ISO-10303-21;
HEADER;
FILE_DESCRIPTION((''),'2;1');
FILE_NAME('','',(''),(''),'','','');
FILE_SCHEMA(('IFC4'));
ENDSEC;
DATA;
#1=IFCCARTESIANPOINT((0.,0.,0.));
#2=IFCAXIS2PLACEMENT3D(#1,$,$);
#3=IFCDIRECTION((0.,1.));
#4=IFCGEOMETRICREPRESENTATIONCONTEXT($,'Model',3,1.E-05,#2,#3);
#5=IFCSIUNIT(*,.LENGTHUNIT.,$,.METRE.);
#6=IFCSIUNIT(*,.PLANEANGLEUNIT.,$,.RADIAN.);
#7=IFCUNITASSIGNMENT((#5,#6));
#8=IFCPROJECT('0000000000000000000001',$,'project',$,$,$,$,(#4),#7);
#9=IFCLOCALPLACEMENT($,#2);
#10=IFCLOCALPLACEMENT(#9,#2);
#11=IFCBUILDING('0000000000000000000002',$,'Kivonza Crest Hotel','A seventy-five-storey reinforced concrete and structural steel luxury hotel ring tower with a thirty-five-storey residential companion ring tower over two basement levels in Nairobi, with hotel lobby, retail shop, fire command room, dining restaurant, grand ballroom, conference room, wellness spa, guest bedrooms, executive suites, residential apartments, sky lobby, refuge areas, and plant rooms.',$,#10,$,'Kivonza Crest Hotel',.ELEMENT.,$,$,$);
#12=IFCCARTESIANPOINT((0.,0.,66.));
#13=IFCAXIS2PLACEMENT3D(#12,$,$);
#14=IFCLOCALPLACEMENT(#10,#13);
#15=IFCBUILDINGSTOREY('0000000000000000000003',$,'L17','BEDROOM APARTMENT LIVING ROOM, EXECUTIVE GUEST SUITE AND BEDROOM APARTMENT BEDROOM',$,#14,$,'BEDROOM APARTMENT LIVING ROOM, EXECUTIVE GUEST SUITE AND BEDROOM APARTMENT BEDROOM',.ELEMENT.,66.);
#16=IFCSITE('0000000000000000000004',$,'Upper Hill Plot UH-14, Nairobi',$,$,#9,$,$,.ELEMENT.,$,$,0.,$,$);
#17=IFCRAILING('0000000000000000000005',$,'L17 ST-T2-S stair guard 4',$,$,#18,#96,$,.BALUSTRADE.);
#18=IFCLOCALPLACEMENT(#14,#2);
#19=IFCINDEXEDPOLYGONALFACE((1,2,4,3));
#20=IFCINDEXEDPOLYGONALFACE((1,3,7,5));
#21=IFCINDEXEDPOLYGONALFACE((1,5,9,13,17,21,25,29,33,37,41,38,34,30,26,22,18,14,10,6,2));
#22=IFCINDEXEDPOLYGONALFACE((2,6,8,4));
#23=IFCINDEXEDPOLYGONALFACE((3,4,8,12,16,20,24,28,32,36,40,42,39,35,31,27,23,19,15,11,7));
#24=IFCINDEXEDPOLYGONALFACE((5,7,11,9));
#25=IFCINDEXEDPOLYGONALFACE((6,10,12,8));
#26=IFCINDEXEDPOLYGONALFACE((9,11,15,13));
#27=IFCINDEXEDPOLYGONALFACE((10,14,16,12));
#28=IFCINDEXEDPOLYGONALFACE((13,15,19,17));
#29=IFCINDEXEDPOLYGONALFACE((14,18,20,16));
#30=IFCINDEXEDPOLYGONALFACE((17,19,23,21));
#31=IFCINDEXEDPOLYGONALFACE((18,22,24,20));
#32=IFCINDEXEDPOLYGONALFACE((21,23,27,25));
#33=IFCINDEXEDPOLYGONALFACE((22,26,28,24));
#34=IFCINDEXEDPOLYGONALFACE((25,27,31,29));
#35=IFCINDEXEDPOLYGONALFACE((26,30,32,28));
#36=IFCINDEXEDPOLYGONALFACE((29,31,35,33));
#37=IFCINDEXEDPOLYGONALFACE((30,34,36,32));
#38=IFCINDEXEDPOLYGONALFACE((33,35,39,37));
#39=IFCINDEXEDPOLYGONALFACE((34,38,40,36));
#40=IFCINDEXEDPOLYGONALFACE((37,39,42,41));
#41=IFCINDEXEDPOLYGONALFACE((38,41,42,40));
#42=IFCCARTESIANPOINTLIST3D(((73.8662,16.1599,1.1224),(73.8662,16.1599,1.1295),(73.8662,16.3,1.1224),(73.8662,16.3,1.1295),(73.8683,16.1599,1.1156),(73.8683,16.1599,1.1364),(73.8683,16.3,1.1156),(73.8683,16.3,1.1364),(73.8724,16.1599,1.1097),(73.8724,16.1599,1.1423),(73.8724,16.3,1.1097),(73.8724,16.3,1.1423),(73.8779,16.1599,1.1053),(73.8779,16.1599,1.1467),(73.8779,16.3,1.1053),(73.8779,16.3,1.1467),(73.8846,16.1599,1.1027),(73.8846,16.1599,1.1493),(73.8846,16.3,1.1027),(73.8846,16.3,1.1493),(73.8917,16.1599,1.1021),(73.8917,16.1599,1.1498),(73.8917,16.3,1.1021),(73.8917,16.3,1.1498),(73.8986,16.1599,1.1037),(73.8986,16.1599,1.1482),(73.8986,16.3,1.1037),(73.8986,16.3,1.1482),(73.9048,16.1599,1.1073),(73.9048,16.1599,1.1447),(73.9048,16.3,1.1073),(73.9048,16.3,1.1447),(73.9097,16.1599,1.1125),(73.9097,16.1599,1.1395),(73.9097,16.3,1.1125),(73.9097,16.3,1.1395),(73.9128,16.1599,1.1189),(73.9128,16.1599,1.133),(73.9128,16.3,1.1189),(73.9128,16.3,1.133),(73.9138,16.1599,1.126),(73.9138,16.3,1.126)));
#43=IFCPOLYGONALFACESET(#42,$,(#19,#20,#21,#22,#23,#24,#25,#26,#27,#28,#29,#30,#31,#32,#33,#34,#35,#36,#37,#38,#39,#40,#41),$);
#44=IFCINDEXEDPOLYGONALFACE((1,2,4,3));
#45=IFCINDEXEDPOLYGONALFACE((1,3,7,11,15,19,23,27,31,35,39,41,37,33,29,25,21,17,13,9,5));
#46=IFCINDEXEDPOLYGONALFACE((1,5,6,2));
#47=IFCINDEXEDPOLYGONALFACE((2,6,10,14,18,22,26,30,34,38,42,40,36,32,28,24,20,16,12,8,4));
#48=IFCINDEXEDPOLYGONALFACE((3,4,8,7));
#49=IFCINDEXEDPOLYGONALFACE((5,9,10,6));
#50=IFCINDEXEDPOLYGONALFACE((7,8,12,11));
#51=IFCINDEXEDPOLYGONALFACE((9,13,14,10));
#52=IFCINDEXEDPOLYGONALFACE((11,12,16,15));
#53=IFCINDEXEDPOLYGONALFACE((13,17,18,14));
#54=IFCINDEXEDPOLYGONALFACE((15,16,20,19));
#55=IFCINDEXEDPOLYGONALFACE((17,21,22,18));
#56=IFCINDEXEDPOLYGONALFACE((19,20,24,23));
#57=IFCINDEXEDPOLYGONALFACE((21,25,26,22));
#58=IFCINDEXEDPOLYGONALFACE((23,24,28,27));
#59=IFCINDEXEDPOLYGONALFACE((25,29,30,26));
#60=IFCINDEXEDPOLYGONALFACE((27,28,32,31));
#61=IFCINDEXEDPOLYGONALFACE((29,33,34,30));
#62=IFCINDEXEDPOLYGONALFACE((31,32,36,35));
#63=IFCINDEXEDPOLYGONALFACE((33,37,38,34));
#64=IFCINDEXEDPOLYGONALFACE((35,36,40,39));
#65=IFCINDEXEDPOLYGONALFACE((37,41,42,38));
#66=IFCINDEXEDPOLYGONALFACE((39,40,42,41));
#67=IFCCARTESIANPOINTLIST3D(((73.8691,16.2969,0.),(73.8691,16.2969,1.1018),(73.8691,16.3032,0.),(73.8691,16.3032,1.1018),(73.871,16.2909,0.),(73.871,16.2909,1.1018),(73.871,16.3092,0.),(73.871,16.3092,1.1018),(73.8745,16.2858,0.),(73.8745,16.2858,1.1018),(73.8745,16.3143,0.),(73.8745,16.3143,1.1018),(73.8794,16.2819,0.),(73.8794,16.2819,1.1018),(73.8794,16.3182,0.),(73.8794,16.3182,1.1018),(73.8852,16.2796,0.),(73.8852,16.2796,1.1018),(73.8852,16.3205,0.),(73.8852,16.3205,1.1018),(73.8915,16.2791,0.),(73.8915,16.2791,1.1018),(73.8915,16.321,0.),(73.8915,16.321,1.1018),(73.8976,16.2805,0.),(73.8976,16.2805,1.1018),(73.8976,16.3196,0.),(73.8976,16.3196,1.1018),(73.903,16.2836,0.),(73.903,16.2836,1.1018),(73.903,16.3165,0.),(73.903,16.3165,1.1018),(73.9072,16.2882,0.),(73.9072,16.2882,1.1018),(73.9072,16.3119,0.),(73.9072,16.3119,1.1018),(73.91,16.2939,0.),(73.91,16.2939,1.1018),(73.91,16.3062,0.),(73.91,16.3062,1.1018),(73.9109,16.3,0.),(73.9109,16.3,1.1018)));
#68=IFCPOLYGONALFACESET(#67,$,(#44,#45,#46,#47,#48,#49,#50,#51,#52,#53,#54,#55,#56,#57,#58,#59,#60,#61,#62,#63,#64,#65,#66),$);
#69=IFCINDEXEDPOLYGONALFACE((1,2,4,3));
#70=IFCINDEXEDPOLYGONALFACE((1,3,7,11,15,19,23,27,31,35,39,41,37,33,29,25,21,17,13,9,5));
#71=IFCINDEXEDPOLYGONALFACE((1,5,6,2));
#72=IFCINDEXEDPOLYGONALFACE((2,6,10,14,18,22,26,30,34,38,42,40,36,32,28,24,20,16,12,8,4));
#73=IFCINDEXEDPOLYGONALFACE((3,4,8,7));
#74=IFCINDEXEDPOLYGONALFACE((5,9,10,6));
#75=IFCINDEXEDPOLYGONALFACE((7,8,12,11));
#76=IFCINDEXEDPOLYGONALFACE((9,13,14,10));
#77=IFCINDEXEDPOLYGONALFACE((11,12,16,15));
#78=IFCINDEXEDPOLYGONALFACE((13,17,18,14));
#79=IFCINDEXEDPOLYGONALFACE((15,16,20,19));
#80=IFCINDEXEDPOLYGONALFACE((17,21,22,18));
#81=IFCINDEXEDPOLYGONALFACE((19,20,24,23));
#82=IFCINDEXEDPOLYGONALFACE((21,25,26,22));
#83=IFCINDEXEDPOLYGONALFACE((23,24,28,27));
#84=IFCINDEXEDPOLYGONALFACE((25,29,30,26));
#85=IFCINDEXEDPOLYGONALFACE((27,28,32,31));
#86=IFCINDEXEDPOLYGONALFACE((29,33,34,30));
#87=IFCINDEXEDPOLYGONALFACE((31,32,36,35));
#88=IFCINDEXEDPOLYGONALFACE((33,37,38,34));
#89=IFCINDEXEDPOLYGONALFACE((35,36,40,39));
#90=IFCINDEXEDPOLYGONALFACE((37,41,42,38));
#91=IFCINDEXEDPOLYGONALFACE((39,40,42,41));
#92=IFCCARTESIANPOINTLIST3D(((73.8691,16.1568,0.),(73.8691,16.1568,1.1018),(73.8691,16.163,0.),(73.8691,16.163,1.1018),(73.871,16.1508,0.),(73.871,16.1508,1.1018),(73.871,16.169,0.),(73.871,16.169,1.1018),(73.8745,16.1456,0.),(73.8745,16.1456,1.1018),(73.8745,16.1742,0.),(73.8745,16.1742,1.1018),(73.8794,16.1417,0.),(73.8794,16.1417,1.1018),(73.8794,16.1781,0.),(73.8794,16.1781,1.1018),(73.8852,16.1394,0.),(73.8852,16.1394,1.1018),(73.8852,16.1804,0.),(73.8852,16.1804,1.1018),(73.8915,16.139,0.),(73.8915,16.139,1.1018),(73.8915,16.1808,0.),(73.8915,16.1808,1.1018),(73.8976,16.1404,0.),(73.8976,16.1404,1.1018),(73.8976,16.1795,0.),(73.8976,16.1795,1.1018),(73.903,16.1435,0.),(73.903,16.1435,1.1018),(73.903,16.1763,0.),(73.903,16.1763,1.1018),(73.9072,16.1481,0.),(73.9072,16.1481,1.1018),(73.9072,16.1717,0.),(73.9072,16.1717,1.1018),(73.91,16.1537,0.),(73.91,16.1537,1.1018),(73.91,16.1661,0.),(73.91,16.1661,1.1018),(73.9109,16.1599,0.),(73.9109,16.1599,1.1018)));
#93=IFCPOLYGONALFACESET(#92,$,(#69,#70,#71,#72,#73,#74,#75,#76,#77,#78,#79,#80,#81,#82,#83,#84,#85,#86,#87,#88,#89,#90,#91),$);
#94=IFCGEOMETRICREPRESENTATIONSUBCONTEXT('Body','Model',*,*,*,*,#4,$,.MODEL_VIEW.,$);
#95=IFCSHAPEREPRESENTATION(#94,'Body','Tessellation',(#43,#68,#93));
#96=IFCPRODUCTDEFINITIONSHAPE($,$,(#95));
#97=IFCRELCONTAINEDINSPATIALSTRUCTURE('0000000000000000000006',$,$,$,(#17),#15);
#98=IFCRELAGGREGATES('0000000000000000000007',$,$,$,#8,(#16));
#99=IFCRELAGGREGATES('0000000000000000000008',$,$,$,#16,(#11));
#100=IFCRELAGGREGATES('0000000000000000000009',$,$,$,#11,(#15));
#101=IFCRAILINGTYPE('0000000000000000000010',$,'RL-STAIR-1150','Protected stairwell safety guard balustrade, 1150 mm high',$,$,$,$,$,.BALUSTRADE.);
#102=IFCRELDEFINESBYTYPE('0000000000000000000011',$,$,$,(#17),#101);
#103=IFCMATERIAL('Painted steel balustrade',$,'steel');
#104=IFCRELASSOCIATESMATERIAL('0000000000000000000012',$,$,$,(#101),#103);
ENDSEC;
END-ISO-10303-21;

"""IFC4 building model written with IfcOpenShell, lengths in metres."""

from ifc_helpers import new_model, si_unit, direction, frame, origin, origin_2d, place, context, subcontext, project, spatial, circle, extrude, material, type_object, element, save


model = new_model("IFC4")

# Units and contexts
model_context = context("Model", 3, precision=1e-05, world=origin(), true_north=direction((0.0, 1.0)))
body_context = subcontext(model_context, "Body", "Model", "MODEL_VIEW")
ifc_project = project(units=[si_unit("LENGTHUNIT", "METRE"), si_unit("PLANEANGLEUNIT", "RADIAN")], contexts=[model_context])

# Site, building, storey
site_placement = place(None, origin())
site = spatial("IfcSite", under=ifc_project, at=site_placement, Name="Upper Hill Plot UH-14, Nairobi", CompositionType="ELEMENT", RefElevation=0.0)
building_placement = place(site_placement, origin())
building = spatial("IfcBuilding", under=site, at=building_placement, Name="Kivonza Crest Hotel", Description="A seventy-five-storey reinforced concrete and structural steel luxury hotel ring tower with a thirty-five-storey residential companion ring tower over two basement levels in Nairobi, with hotel lobby, retail shop, fire command room, dining restaurant, grand ballroom, conference room, wellness spa, guest bedrooms, executive suites, residential apartments, sky lobby, refuge areas, and plant rooms.", LongName="Kivonza Crest Hotel", CompositionType="ELEMENT")
storey_placement = place(building_placement, frame((0.0, 0.0, 66.0)))
storey = spatial("IfcBuildingStorey", under=building, at=storey_placement, Name="L17", Description="BEDROOM APARTMENT LIVING ROOM, EXECUTIVE GUEST SUITE AND BEDROOM APARTMENT BEDROOM", LongName="BEDROOM APARTMENT LIVING ROOM, EXECUTIVE GUEST SUITE AND BEDROOM APARTMENT BEDROOM", CompositionType="ELEMENT", Elevation=66.0)

# Railing
ifc_material_1 = material(Name="Painted steel balustrade", Category="steel")
railing_type_1 = type_object("IfcRailingType", Name="RL-STAIR-1150", Description="Protected stairwell safety guard balustrade, 1150 mm high", PredefinedType="BALUSTRADE", material=ifc_material_1)
railing_1_placement = place(storey_placement, frame((73.8899, 16.3, 0.0)))
element("IfcRailing", 1, at=railing_1_placement, inside=storey, type_object=railing_type_1, Name="L17 ST-T2-S stair guard 4", PredefinedType="BALUSTRADE", context=body_context, shape_type="SweptSolid", body=[
    extrude(circle(Radius=0.0239, at=origin_2d()), frame((0.0, 0.0, 1.126), z_axis=(0.0, -1.0, 0.0), x_axis=(1.0, 0.0, 0.0)), (0.0, 0.0, 1.0), 0.1401),
    extrude(circle(Radius=0.021, at=origin_2d()), origin(), (0.0, 0.0, 1.0), 1.1018),
    extrude(circle(Radius=0.021, at=origin_2d()), frame((0.0, -0.1401, 0.0)), (0.0, 0.0, 1.0), 1.1018),
])

save(model, "model.ifc")
